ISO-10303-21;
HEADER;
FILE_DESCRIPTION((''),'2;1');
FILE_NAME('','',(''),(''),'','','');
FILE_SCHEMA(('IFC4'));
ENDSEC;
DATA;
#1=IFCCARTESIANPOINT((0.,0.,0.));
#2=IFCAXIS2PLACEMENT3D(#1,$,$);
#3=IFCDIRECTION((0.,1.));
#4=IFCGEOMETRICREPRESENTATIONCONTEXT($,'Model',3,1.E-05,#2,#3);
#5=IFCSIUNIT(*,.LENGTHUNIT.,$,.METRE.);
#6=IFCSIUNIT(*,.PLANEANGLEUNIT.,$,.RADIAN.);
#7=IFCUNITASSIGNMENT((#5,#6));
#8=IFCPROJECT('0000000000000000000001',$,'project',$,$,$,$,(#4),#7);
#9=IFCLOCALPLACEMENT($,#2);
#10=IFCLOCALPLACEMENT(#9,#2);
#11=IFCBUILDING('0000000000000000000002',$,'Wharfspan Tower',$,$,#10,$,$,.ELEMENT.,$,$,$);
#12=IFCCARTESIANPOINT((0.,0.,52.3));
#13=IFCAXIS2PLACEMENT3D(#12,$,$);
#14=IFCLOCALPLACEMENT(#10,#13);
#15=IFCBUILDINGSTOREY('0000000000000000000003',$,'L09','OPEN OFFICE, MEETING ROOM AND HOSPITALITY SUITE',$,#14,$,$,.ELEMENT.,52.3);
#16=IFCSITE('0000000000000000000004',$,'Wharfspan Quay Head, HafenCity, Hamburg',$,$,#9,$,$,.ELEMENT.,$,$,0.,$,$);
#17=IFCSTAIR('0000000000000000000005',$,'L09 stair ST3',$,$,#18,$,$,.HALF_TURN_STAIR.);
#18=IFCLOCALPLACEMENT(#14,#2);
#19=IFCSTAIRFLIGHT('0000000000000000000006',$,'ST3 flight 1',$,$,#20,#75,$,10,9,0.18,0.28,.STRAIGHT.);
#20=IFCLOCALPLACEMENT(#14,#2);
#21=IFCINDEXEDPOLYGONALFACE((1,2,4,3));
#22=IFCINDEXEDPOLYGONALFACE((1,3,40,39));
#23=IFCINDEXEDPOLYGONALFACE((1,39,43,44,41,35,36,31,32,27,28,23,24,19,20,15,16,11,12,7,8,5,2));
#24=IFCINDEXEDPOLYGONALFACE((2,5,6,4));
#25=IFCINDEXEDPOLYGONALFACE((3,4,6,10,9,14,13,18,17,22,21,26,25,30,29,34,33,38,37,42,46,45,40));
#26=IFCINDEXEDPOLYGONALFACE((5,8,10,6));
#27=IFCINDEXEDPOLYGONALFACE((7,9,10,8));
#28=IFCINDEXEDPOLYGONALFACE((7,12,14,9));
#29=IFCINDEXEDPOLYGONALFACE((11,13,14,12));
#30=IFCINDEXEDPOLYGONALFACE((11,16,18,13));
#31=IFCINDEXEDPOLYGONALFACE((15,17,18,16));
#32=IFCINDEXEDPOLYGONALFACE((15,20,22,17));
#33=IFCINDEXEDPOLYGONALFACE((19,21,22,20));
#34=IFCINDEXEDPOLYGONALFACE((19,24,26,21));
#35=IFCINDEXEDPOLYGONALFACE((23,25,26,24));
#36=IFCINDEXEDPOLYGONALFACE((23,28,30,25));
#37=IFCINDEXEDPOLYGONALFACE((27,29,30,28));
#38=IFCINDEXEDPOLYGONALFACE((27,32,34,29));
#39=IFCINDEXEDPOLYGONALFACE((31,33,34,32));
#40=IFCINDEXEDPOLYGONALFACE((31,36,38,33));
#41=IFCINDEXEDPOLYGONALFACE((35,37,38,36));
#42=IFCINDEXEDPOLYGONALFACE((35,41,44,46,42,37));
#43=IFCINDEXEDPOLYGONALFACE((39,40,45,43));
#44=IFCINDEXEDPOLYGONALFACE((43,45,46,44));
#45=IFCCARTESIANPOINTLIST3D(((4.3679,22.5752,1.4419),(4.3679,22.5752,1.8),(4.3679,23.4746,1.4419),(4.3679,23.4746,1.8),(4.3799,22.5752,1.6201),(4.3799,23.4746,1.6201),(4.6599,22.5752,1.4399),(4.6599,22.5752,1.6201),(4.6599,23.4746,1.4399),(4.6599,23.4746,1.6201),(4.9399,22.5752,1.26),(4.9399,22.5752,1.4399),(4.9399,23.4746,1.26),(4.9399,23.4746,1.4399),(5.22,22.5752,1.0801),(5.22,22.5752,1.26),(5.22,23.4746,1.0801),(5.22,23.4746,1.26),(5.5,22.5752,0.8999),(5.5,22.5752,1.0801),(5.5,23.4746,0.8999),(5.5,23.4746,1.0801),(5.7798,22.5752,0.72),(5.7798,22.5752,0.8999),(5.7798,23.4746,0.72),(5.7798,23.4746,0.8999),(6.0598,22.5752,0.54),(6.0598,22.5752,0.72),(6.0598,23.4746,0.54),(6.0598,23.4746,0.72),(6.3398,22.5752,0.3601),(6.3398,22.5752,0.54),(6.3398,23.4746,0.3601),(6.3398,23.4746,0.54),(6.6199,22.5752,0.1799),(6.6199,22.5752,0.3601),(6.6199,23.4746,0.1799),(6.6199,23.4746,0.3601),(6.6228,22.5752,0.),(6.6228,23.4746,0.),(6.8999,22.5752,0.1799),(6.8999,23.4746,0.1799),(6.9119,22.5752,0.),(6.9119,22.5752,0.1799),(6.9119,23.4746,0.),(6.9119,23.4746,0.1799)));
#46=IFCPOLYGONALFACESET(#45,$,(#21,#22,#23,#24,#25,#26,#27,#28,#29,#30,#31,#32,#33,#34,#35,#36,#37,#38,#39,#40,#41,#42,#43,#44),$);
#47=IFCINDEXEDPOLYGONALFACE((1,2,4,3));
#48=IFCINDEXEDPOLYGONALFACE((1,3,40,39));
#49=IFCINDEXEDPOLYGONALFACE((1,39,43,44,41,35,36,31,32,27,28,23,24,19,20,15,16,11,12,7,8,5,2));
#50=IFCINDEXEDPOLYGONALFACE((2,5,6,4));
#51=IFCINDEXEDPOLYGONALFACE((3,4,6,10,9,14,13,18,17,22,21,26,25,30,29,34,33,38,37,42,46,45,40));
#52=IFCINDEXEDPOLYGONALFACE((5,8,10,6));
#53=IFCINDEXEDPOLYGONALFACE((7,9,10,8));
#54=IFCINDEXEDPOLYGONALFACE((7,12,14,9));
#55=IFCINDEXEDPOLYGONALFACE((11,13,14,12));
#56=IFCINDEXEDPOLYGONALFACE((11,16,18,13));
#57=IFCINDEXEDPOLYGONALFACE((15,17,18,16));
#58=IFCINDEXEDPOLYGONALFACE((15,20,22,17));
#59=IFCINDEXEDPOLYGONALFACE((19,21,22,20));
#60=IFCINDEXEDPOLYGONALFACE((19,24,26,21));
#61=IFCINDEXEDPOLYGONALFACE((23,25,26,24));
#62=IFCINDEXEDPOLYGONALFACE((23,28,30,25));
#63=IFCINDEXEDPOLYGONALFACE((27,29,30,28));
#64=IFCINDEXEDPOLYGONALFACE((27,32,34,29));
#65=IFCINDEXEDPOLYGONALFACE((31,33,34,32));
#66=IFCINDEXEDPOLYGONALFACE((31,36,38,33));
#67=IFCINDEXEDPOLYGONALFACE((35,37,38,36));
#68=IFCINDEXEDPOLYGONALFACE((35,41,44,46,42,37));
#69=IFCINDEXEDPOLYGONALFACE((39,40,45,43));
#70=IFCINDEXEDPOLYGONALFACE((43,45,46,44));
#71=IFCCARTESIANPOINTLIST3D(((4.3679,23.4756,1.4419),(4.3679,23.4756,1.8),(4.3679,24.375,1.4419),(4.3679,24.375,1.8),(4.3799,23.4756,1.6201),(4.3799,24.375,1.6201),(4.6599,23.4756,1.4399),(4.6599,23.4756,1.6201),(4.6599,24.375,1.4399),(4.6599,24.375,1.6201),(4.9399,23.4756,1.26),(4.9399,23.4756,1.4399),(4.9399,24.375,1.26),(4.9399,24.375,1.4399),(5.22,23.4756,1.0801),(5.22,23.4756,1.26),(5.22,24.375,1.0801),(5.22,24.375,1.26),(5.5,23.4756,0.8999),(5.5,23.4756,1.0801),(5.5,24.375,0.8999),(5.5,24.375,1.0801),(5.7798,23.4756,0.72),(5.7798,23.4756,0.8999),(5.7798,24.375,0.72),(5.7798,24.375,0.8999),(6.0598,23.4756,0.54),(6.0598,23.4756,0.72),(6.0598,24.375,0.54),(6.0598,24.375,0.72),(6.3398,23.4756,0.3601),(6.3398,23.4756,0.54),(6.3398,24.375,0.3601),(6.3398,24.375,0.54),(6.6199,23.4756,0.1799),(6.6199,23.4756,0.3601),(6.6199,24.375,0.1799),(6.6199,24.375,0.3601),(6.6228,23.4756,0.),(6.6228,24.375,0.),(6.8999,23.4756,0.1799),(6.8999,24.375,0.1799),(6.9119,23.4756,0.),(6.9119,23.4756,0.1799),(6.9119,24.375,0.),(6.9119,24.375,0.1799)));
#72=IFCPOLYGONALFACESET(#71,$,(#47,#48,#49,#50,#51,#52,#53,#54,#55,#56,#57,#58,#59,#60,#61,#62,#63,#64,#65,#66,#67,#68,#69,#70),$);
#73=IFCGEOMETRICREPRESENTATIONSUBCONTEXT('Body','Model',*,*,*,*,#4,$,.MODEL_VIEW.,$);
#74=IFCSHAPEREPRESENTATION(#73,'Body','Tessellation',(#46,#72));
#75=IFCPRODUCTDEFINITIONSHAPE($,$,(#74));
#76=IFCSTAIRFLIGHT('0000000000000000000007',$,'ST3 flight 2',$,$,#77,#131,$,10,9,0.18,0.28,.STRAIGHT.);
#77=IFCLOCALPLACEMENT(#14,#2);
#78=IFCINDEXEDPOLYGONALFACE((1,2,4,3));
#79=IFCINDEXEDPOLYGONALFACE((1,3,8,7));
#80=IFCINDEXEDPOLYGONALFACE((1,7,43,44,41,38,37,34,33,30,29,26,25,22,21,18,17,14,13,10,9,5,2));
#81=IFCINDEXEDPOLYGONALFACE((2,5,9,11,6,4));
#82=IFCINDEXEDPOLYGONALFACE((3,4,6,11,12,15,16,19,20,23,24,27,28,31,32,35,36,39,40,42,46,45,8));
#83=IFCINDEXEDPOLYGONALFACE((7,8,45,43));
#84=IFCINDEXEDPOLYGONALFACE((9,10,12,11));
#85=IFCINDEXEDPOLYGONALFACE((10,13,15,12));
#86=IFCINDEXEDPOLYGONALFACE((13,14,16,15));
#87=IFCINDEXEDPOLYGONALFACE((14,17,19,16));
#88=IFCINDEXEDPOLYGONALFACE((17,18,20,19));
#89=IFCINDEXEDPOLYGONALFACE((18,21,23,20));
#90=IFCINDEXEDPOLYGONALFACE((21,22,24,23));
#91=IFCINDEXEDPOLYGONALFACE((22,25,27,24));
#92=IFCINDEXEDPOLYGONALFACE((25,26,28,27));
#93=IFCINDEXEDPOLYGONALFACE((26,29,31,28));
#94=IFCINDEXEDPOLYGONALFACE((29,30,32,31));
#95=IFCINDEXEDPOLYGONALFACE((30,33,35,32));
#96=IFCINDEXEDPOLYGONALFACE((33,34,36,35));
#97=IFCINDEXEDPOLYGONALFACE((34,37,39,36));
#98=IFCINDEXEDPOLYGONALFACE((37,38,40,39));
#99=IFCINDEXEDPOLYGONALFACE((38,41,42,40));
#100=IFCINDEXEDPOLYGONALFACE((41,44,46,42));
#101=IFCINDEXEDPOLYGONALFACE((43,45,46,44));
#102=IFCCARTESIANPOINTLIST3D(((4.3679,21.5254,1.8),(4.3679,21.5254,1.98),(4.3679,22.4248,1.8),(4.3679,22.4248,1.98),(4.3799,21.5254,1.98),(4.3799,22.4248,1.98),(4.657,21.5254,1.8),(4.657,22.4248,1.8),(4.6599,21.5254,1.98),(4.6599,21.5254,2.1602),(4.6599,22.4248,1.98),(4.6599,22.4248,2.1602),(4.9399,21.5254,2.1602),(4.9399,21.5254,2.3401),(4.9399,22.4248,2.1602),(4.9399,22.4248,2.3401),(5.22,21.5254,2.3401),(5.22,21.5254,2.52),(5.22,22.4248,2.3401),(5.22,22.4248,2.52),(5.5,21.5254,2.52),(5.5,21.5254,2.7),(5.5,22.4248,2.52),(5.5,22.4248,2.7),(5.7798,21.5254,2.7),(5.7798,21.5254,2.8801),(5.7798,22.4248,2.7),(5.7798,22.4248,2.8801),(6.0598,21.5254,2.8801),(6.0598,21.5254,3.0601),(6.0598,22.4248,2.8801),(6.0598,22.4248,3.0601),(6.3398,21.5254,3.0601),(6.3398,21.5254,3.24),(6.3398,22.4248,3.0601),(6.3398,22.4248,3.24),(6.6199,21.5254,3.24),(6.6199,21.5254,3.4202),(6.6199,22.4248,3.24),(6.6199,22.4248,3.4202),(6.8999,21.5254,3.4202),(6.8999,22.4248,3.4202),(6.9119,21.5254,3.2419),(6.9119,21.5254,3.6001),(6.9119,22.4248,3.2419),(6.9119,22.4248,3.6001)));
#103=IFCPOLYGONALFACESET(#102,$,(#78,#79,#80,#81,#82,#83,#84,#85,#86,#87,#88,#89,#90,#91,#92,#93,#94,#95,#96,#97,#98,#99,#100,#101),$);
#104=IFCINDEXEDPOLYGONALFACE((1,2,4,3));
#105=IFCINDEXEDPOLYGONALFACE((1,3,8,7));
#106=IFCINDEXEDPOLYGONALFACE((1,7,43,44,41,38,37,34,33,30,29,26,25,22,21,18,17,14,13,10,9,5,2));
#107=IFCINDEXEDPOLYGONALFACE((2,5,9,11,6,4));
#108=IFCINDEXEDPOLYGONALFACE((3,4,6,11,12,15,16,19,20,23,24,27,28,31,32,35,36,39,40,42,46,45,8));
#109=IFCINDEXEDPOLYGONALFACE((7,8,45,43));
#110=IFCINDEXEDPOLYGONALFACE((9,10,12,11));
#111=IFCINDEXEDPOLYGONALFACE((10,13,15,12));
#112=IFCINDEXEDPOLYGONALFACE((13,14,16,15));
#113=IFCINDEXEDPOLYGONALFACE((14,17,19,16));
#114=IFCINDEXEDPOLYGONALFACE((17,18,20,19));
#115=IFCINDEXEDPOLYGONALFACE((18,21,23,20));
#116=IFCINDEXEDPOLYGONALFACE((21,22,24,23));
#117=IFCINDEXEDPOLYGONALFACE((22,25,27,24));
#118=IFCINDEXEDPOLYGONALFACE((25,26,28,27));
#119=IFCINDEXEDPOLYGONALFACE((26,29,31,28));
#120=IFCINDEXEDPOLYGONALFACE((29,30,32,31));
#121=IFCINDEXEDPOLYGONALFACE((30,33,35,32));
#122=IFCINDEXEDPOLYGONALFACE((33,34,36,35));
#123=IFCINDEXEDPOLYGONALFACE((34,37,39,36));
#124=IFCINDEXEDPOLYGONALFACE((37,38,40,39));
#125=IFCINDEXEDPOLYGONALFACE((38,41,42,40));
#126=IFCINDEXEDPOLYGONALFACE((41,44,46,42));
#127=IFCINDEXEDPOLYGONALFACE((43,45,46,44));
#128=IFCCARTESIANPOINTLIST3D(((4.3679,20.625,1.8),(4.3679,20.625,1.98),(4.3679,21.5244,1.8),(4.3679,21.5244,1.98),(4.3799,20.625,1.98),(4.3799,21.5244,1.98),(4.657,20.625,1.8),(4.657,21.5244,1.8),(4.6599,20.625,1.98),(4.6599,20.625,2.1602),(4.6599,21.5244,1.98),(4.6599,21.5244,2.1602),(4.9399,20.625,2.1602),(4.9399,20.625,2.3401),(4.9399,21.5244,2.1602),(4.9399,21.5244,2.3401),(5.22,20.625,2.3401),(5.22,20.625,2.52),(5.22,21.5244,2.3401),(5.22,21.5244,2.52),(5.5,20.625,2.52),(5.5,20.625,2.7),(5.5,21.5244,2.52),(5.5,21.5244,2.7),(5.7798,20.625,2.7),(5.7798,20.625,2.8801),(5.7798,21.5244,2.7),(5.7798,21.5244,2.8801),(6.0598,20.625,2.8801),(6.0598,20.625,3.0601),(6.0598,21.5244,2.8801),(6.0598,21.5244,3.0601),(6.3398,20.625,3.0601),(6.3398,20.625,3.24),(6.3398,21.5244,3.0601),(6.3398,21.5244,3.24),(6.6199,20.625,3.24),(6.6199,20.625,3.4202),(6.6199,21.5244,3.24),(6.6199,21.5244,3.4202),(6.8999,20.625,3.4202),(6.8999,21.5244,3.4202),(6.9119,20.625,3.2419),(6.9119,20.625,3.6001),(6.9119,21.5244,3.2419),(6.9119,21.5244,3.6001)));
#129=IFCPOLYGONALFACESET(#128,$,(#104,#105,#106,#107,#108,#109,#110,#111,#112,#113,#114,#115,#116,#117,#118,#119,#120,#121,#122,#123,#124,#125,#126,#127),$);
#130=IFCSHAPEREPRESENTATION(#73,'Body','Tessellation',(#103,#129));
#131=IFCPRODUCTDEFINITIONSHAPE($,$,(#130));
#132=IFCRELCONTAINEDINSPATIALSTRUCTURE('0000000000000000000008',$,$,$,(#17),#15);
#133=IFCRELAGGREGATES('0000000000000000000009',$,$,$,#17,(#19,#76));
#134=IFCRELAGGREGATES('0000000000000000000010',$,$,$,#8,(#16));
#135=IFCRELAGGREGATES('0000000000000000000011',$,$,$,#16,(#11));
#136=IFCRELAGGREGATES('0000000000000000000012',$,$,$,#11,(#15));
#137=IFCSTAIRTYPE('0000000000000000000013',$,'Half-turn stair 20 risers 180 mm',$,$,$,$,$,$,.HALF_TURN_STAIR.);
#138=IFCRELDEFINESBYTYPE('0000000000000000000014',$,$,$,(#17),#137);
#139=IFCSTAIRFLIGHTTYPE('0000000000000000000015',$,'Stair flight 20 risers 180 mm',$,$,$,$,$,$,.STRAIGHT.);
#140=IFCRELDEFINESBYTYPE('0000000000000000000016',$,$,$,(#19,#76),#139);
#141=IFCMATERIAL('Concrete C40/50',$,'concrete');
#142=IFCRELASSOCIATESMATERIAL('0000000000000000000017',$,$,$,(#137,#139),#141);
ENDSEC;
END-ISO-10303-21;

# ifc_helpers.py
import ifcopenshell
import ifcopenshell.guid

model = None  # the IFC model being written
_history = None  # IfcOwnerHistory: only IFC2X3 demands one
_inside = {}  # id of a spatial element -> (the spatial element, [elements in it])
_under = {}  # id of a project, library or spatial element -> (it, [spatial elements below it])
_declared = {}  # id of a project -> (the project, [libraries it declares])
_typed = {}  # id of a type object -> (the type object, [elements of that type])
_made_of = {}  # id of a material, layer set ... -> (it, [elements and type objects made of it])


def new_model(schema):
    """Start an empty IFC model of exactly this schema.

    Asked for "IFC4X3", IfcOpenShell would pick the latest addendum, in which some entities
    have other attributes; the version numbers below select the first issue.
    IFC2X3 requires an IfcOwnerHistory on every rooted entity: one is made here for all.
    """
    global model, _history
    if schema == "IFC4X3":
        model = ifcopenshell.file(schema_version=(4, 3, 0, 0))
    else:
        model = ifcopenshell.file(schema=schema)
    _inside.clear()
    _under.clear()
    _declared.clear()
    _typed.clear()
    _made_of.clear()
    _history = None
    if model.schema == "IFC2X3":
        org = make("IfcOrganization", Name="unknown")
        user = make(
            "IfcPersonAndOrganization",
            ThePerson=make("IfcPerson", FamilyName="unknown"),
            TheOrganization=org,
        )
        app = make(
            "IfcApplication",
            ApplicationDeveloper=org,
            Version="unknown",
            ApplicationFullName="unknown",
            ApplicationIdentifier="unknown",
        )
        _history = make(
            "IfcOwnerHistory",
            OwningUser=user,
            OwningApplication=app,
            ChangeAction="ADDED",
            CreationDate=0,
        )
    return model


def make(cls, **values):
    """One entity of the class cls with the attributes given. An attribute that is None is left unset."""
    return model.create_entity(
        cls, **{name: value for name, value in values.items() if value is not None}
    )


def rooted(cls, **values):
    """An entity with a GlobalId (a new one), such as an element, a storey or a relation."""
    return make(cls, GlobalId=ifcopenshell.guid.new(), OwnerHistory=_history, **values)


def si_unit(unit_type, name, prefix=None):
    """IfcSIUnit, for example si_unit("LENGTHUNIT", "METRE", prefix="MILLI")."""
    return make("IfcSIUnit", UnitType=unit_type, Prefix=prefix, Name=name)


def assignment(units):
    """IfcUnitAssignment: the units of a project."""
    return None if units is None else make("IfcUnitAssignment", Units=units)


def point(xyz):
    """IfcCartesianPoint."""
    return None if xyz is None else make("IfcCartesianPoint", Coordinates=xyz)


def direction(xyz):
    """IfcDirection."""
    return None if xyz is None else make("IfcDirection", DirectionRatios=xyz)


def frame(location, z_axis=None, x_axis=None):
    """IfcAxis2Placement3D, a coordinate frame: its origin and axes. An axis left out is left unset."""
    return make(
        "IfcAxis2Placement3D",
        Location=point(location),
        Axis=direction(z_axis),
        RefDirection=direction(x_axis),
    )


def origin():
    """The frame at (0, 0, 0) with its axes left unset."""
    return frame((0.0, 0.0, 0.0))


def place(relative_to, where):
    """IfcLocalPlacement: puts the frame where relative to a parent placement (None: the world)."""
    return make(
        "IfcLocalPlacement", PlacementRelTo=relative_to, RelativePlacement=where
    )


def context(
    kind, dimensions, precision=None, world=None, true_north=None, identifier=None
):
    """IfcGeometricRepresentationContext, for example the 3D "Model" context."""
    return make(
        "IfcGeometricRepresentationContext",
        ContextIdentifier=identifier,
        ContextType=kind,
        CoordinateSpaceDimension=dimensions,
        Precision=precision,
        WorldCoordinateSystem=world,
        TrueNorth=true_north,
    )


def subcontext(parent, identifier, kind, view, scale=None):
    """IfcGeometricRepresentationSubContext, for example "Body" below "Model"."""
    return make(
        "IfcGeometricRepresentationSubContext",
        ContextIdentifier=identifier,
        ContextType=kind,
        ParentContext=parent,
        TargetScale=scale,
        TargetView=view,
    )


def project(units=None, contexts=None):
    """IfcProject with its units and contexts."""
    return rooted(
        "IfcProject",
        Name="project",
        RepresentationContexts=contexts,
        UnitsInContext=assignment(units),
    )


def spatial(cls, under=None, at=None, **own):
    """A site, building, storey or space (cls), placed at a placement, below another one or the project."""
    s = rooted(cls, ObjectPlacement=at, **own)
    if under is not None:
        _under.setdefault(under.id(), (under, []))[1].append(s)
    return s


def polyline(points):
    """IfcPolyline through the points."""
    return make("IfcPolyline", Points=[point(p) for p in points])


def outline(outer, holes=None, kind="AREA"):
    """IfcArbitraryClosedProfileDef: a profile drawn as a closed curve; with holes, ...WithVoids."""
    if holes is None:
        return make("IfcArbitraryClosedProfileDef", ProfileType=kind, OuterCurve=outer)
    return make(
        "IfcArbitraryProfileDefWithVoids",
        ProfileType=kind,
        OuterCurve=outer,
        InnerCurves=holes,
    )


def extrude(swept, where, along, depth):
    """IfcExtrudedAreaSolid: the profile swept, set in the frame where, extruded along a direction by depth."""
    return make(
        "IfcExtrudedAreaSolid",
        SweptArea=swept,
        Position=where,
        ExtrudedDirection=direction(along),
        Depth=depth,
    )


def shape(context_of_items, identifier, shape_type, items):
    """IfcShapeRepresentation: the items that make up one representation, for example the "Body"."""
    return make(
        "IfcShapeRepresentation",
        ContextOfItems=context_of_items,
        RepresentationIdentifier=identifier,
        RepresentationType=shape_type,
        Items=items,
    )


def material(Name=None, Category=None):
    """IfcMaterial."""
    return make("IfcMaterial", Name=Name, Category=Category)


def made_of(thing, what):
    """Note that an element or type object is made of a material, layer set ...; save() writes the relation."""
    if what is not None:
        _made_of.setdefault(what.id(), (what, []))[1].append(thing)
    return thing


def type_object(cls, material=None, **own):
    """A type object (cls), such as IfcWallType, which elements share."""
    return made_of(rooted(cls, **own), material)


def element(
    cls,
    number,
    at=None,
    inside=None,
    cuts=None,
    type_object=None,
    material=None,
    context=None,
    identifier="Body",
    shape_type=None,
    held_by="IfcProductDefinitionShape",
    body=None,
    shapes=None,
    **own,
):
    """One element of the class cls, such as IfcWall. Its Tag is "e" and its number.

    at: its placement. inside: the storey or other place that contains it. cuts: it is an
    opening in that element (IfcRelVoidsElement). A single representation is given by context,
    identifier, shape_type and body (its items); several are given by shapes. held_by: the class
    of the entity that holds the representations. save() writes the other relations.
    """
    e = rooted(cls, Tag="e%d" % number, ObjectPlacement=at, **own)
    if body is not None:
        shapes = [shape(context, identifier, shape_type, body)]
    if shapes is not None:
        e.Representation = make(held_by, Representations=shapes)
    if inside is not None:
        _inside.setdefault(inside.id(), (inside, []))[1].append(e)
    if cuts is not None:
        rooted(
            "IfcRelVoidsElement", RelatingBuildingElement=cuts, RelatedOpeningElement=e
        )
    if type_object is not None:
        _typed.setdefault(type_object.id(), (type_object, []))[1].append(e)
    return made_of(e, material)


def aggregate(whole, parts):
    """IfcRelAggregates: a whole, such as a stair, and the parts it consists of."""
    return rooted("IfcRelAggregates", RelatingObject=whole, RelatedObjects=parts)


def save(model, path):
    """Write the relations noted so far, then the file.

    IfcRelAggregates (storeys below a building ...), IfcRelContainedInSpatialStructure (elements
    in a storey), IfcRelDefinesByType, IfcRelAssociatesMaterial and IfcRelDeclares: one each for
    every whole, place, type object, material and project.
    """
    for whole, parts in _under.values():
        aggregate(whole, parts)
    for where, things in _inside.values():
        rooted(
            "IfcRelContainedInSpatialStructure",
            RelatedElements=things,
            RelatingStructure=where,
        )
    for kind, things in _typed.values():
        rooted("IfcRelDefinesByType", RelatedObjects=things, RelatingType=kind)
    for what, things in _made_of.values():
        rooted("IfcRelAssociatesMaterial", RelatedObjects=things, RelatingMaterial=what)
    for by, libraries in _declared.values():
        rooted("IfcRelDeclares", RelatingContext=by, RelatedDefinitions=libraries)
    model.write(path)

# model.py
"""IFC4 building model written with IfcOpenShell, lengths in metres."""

from ifc_helpers import new_model, si_unit, direction, frame, origin, place, context, subcontext, project, spatial, polyline, outline, extrude, material, type_object, element, aggregate, save


model = new_model("IFC4")

# Units and contexts
model_context = context("Model", 3, precision=1e-05, world=origin(), true_north=direction((0.0, 1.0)))
body_context = subcontext(model_context, "Body", "Model", "MODEL_VIEW")
ifc_project = project(units=[si_unit("LENGTHUNIT", "METRE"), si_unit("PLANEANGLEUNIT", "RADIAN")], contexts=[model_context])

# Site, building, storey
site_placement = place(None, origin())
site = spatial("IfcSite", under=ifc_project, at=site_placement, Name="Wharfspan Quay Head, HafenCity, Hamburg", CompositionType="ELEMENT", RefElevation=0.0)
building_placement = place(site_placement, origin())
building = spatial("IfcBuilding", under=site, at=building_placement, Name="Wharfspan Tower", CompositionType="ELEMENT")
storey_placement = place(building_placement, frame((0.0, 0.0, 52.3)))
storey = spatial("IfcBuildingStorey", under=building, at=storey_placement, Name="L09", Description="OPEN OFFICE, MEETING ROOM AND HOSPITALITY SUITE", CompositionType="ELEMENT", Elevation=52.3)

# Shared definitions
ifc_material_1 = material(Name="Concrete C40/50", Category="concrete")

# Stair, stair flights
stair_type = type_object("IfcStairType", Name="Half-turn stair 20 risers 180 mm", PredefinedType="HALF_TURN_STAIR", material=ifc_material_1)
stair_placement = place(storey_placement, origin())
stair = element("IfcStair", 1, at=stair_placement, inside=storey, type_object=stair_type, Name="L09 stair ST3", PredefinedType="HALF_TURN_STAIR")
stair_flight_type = type_object("IfcStairFlightType", Name="Stair flight 20 risers 180 mm", PredefinedType="STRAIGHT", material=ifc_material_1)
stair_flight_1_placement = place(storey_placement, frame((6.8999, 23.4751, 0.0), z_axis=(0.0, 0.0, 1.0), x_axis=(-1.0, 0.0, 0.0)))
stair_flight_1 = element("IfcStairFlight", 2, at=stair_flight_1_placement, type_object=stair_flight_type, Name="ST3 flight 1", NumberOfRisers=10, NumberOfTreads=9, PredefinedType="STRAIGHT", RiserHeight=0.18, TreadLength=0.28, context=body_context, shape_type="SweptSolid", body=[
    extrude(outline(polyline([(-0.012, 0.0), (-0.012, 0.1799), (0.0, 0.1799), (0.28, 0.1799), (0.28, 0.3601), (0.5601, 0.3601), (0.5601, 0.54), (0.8401, 0.54), (0.8401, 0.72), (1.1201, 0.72), (1.1201, 0.8999), (1.3999, 0.8999), (1.3999, 1.0801), (1.6799, 1.0801), (1.6799, 1.26), (1.96, 1.26), (1.96, 1.4399), (2.24, 1.4399), (2.24, 1.6201), (2.52, 1.6201), (2.532, 1.8), (2.532, 1.4419), (0.2771, 0.0), (-0.012, 0.0)])), frame((0.0, 0.8999, 0.0), z_axis=(0.0, -1.0, 0.0), x_axis=(1.0, 0.0, 0.0)), (0.0, 0.0, 1.0), 0.8994),
    extrude(outline(polyline([(-0.012, 0.0), (-0.012, 0.1799), (0.0, 0.1799), (0.28, 0.1799), (0.28, 0.3601), (0.5601, 0.3601), (0.5601, 0.54), (0.8401, 0.54), (0.8401, 0.72), (1.1201, 0.72), (1.1201, 0.8999), (1.3999, 0.8999), (1.3999, 1.0801), (1.6799, 1.0801), (1.6799, 1.26), (1.96, 1.26), (1.96, 1.4399), (2.24, 1.4399), (2.24, 1.6201), (2.52, 1.6201), (2.532, 1.8), (2.532, 1.4419), (0.2771, 0.0), (-0.012, 0.0)])), frame((0.0, -0.0005, 0.0), z_axis=(0.0, -1.0, 0.0), x_axis=(1.0, 0.0, 0.0)), (0.0, 0.0, 1.0), 0.8994),
])
stair_flight_2_placement = place(storey_placement, frame((4.3799, 21.5249, 1.8), z_axis=(0.0, 0.0, 1.0), x_axis=(1.0, 0.0, 0.0)))
stair_flight_2 = element("IfcStairFlight", 3, at=stair_flight_2_placement, type_object=stair_flight_type, Name="ST3 flight 2", NumberOfRisers=10, NumberOfTreads=9, PredefinedType="STRAIGHT", RiserHeight=0.18, TreadLength=0.28, context=body_context, shape_type="SweptSolid", body=[
    extrude(outline(polyline([(-0.012, 0.0), (-0.012, 0.1799), (0.0, 0.1799), (0.28, 0.1799), (0.28, 0.3601), (0.5601, 0.3601), (0.5601, 0.54), (0.8401, 0.54), (0.8401, 0.72), (1.1201, 0.72), (1.1201, 0.8999), (1.3999, 0.8999), (1.3999, 1.0801), (1.6799, 1.0801), (1.6799, 1.26), (1.96, 1.26), (1.96, 1.4399), (2.24, 1.4399), (2.24, 1.6201), (2.52, 1.6201), (2.532, 1.8), (2.532, 1.4419), (0.2771, 0.0), (-0.012, 0.0)])), frame((0.0, 0.8999, 0.0), z_axis=(0.0, -1.0, 0.0), x_axis=(1.0, 0.0, 0.0)), (0.0, 0.0, 1.0), 0.8994),
    extrude(outline(polyline([(-0.012, 0.0), (-0.012, 0.1799), (0.0, 0.1799), (0.28, 0.1799), (0.28, 0.3601), (0.5601, 0.3601), (0.5601, 0.54), (0.8401, 0.54), (0.8401, 0.72), (1.1201, 0.72), (1.1201, 0.8999), (1.3999, 0.8999), (1.3999, 1.0801), (1.6799, 1.0801), (1.6799, 1.26), (1.96, 1.26), (1.96, 1.4399), (2.24, 1.4399), (2.24, 1.6201), (2.52, 1.6201), (2.532, 1.8), (2.532, 1.4419), (0.2771, 0.0), (-0.012, 0.0)])), frame((0.0, -0.0005, 0.0), z_axis=(0.0, -1.0, 0.0), x_axis=(1.0, 0.0, 0.0)), (0.0, 0.0, 1.0), 0.8994),
])
aggregate(stair, [stair_flight_1, stair_flight_2])

save(model, "model.ifc")
